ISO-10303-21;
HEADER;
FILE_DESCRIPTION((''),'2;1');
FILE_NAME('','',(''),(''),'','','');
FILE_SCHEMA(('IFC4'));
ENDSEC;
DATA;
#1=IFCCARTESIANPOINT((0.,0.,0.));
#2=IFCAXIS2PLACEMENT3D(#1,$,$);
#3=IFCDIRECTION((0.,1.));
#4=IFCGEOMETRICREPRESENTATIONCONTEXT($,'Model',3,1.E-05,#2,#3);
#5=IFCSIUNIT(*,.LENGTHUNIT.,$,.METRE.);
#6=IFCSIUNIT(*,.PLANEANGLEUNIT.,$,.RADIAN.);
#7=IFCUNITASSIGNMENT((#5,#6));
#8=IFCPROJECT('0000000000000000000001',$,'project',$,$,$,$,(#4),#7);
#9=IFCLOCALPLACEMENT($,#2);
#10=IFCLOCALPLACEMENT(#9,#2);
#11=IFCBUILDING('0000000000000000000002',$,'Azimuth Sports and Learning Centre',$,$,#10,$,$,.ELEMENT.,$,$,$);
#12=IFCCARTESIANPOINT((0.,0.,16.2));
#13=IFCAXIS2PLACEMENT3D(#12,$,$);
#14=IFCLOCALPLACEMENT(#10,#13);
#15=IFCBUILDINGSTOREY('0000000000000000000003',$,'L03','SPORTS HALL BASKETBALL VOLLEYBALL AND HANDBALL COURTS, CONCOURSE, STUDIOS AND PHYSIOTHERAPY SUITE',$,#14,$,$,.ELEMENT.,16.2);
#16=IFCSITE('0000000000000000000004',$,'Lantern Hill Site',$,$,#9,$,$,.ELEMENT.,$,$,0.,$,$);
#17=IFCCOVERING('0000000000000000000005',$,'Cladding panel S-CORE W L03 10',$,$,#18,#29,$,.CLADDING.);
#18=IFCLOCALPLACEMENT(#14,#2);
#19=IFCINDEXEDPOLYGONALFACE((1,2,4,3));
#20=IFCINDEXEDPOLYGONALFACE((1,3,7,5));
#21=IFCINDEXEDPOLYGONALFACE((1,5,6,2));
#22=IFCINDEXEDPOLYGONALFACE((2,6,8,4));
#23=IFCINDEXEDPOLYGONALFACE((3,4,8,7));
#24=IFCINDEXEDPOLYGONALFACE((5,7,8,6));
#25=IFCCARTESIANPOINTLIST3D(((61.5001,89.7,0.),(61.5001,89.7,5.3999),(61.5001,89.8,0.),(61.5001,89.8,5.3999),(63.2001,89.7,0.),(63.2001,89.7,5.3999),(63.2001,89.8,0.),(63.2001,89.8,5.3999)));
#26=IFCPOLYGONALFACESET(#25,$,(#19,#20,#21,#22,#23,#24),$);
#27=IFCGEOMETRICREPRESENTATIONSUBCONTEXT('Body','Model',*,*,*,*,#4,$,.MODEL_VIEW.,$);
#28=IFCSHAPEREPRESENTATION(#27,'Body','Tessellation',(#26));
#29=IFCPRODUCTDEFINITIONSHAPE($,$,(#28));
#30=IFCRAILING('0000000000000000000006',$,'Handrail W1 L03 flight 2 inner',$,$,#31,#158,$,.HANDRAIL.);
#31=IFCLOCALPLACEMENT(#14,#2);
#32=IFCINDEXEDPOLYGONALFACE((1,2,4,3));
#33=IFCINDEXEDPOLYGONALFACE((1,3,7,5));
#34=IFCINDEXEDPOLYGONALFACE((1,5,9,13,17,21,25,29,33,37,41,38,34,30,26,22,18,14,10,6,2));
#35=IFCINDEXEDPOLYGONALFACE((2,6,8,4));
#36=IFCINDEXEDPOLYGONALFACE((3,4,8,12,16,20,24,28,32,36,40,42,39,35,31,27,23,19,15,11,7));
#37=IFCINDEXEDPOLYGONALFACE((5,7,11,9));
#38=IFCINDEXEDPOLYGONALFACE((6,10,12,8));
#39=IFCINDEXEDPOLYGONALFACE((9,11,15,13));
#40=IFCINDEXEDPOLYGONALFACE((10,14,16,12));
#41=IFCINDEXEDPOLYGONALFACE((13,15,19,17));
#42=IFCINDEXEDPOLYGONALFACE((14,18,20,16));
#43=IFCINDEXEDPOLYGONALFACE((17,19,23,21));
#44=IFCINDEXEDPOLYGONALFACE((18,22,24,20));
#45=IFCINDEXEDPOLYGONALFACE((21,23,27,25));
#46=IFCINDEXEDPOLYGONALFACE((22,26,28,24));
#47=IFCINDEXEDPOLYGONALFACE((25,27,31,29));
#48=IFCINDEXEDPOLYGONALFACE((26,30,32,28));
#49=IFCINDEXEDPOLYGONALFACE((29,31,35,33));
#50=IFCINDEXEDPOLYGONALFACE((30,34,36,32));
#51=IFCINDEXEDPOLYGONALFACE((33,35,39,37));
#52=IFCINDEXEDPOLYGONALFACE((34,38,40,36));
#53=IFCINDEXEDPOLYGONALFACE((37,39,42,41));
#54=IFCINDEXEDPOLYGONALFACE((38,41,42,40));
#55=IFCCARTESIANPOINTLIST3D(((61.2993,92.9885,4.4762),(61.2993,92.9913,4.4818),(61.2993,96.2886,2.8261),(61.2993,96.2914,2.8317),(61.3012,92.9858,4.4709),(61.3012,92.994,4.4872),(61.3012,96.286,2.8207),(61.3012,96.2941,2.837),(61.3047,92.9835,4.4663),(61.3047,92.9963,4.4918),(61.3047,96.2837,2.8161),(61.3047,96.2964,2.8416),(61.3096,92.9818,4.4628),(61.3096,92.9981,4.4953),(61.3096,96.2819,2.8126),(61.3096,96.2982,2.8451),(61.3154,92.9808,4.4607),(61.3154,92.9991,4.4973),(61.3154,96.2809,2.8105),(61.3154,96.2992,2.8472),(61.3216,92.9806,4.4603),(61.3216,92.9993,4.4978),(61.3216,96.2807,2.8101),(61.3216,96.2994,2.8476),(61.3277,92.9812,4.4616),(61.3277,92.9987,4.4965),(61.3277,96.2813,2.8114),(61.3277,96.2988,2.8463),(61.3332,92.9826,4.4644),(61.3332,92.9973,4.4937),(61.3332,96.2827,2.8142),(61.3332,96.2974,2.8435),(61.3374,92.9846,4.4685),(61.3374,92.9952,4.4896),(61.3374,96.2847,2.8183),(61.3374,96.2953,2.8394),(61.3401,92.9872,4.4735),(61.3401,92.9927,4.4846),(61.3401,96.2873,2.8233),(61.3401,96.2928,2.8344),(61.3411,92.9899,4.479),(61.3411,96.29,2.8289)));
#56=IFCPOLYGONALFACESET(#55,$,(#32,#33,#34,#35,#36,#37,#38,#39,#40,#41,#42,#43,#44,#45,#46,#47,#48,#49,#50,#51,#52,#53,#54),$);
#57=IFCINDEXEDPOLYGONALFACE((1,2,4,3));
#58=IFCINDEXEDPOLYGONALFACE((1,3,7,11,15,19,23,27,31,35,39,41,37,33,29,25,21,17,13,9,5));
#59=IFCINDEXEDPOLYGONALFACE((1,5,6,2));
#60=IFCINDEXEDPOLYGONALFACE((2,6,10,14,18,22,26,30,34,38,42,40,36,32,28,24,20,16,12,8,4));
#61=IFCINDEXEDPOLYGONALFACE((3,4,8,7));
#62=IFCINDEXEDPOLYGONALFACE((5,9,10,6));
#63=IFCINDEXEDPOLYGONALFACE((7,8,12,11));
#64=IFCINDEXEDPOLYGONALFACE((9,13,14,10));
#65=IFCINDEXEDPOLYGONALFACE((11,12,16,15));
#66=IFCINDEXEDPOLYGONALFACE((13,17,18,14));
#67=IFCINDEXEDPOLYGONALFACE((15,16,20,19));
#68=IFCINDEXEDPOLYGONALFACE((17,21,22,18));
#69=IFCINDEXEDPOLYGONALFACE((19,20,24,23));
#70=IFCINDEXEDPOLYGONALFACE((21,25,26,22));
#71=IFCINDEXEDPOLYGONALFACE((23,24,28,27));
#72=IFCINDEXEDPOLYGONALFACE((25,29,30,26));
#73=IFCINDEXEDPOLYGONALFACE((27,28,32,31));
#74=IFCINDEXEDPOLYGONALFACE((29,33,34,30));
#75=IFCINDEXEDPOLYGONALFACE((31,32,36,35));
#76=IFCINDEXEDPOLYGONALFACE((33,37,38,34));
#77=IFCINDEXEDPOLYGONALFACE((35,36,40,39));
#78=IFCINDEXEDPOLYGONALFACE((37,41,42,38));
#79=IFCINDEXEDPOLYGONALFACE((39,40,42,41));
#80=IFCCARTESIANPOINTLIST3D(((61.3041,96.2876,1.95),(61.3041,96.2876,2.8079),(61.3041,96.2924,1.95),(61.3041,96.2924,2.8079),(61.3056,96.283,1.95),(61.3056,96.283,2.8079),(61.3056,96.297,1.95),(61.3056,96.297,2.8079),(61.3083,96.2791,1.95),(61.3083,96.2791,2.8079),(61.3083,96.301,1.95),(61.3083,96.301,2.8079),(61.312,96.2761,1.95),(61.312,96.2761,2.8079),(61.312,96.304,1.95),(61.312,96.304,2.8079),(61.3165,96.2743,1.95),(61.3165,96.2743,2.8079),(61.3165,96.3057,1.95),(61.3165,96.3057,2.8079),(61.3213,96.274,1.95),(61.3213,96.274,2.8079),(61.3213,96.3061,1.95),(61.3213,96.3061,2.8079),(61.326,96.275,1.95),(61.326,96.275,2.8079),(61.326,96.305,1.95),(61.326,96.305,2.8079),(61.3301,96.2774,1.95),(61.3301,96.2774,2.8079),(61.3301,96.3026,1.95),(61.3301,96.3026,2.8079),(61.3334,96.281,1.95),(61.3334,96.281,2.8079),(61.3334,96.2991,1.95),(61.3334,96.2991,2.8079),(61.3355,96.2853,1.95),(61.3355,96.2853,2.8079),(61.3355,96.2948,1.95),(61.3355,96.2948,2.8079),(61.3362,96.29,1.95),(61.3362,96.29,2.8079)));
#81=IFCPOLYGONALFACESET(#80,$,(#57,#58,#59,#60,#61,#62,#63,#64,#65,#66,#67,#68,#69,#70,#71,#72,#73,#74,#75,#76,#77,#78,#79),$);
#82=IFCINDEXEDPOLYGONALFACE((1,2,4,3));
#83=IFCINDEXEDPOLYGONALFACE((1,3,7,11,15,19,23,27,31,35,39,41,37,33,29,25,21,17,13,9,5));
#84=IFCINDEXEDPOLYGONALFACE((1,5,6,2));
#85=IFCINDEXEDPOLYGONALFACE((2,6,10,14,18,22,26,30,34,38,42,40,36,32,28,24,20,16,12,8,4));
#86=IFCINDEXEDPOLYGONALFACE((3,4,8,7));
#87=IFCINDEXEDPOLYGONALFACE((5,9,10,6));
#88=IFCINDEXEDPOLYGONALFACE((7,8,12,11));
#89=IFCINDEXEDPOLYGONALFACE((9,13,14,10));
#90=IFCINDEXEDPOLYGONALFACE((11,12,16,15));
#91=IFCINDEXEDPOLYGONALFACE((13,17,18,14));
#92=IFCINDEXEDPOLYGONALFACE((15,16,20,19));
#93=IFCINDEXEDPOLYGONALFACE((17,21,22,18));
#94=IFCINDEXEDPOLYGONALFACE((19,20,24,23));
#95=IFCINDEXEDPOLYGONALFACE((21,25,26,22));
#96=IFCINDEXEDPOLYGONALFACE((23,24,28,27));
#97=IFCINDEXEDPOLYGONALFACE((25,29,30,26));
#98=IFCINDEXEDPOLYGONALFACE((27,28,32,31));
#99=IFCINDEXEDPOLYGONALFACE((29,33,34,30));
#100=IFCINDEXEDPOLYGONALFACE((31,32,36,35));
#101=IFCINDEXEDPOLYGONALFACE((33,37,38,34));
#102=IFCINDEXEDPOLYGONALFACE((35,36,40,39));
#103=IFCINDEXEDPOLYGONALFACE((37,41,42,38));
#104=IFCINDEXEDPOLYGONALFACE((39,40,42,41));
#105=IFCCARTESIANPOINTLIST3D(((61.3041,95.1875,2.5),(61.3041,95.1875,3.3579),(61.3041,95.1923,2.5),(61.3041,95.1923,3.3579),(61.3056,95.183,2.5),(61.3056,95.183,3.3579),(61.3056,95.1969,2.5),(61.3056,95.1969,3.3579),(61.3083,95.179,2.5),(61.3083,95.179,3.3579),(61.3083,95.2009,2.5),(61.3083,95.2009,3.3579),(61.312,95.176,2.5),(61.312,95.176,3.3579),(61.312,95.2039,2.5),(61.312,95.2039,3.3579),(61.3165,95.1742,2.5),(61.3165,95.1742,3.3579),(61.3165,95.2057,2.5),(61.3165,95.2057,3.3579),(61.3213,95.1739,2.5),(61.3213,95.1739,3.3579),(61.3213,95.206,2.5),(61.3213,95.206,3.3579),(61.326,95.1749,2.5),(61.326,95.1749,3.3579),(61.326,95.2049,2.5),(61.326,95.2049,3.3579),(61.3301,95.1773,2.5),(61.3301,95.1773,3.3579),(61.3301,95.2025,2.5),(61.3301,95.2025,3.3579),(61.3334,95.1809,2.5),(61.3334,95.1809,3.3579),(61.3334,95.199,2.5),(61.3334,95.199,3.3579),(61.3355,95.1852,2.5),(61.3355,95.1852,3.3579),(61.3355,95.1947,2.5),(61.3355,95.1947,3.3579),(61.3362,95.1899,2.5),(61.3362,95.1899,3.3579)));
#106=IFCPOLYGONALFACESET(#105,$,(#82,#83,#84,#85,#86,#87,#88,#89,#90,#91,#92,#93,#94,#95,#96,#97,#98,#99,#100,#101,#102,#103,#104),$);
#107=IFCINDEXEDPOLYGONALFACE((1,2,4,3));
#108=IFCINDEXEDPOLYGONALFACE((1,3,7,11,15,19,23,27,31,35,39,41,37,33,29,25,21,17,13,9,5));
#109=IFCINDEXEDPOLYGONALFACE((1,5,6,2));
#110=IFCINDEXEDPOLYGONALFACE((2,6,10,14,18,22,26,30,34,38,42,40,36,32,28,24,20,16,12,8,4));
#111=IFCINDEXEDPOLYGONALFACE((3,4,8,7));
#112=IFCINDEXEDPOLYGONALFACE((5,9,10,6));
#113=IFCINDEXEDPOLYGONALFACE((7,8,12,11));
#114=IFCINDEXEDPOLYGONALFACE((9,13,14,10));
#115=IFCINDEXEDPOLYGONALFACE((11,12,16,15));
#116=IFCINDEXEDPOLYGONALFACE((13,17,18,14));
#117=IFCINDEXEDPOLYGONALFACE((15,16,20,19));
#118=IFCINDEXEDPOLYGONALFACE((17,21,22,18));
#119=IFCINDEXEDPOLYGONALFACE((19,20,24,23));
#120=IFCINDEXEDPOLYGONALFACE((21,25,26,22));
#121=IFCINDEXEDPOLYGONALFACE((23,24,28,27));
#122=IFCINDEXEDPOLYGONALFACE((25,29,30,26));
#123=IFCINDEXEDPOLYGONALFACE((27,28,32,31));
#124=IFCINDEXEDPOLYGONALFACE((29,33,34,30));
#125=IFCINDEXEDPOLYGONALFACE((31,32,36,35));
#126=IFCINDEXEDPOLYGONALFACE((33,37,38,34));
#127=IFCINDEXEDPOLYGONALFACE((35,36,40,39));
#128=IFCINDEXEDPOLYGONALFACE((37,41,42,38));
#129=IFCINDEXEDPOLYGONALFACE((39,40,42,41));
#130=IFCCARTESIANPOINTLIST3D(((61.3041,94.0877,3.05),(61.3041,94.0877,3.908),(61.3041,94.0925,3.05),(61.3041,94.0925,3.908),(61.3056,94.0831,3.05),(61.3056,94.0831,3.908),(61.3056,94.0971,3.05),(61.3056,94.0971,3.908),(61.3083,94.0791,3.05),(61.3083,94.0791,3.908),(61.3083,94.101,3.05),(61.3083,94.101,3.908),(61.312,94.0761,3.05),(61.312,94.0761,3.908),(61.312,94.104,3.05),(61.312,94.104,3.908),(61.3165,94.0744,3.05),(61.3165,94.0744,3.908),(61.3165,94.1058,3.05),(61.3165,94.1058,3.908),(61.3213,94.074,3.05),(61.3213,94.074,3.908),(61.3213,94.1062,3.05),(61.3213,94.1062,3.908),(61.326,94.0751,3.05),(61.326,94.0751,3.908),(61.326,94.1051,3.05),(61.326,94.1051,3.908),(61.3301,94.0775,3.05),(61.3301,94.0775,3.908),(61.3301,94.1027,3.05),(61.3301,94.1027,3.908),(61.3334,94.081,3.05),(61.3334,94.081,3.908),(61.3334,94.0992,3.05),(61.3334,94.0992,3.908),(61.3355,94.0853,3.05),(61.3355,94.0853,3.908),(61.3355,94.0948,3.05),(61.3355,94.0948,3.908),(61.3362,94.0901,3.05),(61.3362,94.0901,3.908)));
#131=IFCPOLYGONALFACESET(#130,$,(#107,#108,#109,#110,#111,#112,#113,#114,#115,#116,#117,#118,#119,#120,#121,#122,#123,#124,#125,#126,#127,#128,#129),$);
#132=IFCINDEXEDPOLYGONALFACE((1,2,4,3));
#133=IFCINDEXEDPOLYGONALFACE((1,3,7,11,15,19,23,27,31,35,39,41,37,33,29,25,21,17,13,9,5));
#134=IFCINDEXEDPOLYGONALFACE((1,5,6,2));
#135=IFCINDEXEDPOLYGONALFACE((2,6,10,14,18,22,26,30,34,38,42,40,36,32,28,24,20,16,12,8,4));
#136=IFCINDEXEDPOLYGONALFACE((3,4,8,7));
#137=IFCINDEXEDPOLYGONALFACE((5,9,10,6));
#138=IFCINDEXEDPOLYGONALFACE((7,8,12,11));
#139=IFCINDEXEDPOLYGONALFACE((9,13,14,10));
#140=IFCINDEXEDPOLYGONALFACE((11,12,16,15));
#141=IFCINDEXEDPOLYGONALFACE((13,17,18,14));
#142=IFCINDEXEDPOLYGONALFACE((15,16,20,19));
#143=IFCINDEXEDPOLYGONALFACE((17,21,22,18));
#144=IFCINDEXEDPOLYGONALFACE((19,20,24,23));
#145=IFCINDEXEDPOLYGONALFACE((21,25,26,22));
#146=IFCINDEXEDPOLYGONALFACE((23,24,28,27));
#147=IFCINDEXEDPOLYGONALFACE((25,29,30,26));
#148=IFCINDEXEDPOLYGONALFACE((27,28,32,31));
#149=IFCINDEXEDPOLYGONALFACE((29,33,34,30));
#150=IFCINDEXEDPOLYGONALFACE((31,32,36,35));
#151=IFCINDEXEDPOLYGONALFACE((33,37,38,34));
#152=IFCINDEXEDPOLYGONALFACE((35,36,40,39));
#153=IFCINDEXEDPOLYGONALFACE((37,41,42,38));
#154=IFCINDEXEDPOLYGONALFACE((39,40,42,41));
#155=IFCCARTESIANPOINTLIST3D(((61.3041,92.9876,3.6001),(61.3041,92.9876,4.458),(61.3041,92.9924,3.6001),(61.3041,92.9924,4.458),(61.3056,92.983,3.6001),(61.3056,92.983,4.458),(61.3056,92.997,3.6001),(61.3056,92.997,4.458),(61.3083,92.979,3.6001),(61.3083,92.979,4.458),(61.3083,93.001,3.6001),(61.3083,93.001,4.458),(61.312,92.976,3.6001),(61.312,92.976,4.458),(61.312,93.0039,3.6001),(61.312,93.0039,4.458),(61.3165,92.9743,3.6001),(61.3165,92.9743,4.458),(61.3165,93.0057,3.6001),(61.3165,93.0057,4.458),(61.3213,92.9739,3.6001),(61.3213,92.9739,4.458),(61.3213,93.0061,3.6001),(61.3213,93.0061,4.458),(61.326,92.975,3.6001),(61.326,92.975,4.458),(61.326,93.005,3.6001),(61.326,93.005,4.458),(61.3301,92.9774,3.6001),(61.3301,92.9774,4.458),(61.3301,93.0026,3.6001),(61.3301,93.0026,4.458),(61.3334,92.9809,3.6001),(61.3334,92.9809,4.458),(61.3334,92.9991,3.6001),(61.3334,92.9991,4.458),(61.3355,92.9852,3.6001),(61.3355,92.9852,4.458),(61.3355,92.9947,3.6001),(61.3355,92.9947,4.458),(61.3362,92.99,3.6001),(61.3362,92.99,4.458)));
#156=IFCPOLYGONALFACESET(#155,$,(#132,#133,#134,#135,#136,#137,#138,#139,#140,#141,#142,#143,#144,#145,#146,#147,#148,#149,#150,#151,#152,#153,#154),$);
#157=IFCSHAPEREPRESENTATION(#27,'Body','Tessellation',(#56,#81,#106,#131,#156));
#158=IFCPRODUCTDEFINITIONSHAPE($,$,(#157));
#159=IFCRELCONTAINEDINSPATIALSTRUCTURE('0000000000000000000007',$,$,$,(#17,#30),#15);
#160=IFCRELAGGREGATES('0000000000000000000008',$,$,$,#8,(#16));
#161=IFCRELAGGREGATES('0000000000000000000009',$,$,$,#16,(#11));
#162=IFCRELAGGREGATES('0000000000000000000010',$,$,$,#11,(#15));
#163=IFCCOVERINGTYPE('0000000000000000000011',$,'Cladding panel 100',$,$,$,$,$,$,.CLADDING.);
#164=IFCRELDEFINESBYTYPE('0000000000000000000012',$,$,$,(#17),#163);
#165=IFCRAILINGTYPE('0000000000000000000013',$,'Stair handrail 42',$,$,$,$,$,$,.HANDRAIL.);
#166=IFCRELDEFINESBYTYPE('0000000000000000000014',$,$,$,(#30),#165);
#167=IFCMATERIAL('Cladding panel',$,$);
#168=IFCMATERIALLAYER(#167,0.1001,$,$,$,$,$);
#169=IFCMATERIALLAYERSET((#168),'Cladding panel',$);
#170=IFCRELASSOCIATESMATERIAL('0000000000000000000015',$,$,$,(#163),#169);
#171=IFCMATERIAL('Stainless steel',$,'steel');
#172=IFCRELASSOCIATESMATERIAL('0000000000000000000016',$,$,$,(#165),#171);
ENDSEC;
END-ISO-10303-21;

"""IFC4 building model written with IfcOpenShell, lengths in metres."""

from ifc_helpers import new_model, si_unit, direction, frame, origin, origin_2d, place, context, subcontext, project, spatial, rectangle, circle, extrude, material, layer, layer_set, type_object, element, save


model = new_model("IFC4")

# Units and contexts
model_context = context("Model", 3, precision=1e-05, world=origin(), true_north=direction((0.0, 1.0)))
body_context = subcontext(model_context, "Body", "Model", "MODEL_VIEW")
ifc_project = project(units=[si_unit("LENGTHUNIT", "METRE"), si_unit("PLANEANGLEUNIT", "RADIAN")], contexts=[model_context])

# Site, building, storey
site_placement = place(None, origin())
site = spatial("IfcSite", under=ifc_project, at=site_placement, Name="Lantern Hill Site", CompositionType="ELEMENT", RefElevation=0.0)
building_placement = place(site_placement, origin())
building = spatial("IfcBuilding", under=site, at=building_placement, Name="Azimuth Sports and Learning Centre", CompositionType="ELEMENT")
storey_placement = place(building_placement, frame((0.0, 0.0, 16.2)))
storey = spatial("IfcBuildingStorey", under=building, at=storey_placement, Name="L03", Description="SPORTS HALL BASKETBALL VOLLEYBALL AND HANDBALL COURTS, CONCOURSE, STUDIOS AND PHYSIOTHERAPY SUITE", CompositionType="ELEMENT", Elevation=16.2)

# Covering
ifc_material_1 = material(Name="Cladding panel")
ifc_layer_1 = layer(ifc_material_1, 0.1001)
ifc_layer_set_1 = layer_set([ifc_layer_1], Name="Cladding panel")
covering_type = type_object("IfcCoveringType", Name="Cladding panel 100", PredefinedType="CLADDING", material=ifc_layer_set_1)
covering_1_placement = place(storey_placement, frame((62.3501, 89.75, 0.0), z_axis=(0.0, 0.0, 1.0), x_axis=(1.0, 0.0, 0.0)))
element("IfcCovering", 1, at=covering_1_placement, inside=storey, type_object=covering_type, Name="Cladding panel S-CORE W L03 10", PredefinedType="CLADDING", context=body_context, shape_type="SweptSolid", body=[
    extrude(rectangle(XDim=1.7, YDim=0.1001, at=origin_2d()), origin(), (0.0, 0.0, 1.0), 5.3999),
])

# Railing
ifc_material_2 = material(Name="Stainless steel", Category="steel")
railing_type = type_object("IfcRailingType", Name="Stair handrail 42", PredefinedType="HANDRAIL", material=ifc_material_2)
for number, where, name in (
    (2, (61.3201, 96.29, 1.95), "Handrail W1 L03 flight 2 inner"),
):
    element("IfcRailing", number, at=place(storey_placement, frame(where)), inside=storey, type_object=railing_type, Name=name, PredefinedType="HANDRAIL", context=body_context, shape_type="SweptSolid", body=[
        extrude(circle(Radius=0.021, at=origin_2d()), frame((0.0, 0.0, 0.8789), z_axis=(0.0, -0.894414, 0.44724), x_axis=(1.0, 0.0, 0.0)), (0.0, 0.0, 1.0), 3.6897),
        extrude(circle(Radius=0.0161, at=origin_2d()), origin(), (0.0, 0.0, 1.0), 0.8579),
        extrude(circle(Radius=0.0161, at=origin_2d()), frame((0.0, -1.1001, 0.55)), (0.0, 0.0, 1.0), 0.8579),
        extrude(circle(Radius=0.0161, at=origin_2d()), frame((0.0, -2.2, 1.1001)), (0.0, 0.0, 1.0), 0.8579),
        extrude(circle(Radius=0.0161, at=origin_2d()), frame((0.0, -3.3, 1.6501)), (0.0, 0.0, 1.0), 0.8579),
    ])

save(model, "model.ifc")
